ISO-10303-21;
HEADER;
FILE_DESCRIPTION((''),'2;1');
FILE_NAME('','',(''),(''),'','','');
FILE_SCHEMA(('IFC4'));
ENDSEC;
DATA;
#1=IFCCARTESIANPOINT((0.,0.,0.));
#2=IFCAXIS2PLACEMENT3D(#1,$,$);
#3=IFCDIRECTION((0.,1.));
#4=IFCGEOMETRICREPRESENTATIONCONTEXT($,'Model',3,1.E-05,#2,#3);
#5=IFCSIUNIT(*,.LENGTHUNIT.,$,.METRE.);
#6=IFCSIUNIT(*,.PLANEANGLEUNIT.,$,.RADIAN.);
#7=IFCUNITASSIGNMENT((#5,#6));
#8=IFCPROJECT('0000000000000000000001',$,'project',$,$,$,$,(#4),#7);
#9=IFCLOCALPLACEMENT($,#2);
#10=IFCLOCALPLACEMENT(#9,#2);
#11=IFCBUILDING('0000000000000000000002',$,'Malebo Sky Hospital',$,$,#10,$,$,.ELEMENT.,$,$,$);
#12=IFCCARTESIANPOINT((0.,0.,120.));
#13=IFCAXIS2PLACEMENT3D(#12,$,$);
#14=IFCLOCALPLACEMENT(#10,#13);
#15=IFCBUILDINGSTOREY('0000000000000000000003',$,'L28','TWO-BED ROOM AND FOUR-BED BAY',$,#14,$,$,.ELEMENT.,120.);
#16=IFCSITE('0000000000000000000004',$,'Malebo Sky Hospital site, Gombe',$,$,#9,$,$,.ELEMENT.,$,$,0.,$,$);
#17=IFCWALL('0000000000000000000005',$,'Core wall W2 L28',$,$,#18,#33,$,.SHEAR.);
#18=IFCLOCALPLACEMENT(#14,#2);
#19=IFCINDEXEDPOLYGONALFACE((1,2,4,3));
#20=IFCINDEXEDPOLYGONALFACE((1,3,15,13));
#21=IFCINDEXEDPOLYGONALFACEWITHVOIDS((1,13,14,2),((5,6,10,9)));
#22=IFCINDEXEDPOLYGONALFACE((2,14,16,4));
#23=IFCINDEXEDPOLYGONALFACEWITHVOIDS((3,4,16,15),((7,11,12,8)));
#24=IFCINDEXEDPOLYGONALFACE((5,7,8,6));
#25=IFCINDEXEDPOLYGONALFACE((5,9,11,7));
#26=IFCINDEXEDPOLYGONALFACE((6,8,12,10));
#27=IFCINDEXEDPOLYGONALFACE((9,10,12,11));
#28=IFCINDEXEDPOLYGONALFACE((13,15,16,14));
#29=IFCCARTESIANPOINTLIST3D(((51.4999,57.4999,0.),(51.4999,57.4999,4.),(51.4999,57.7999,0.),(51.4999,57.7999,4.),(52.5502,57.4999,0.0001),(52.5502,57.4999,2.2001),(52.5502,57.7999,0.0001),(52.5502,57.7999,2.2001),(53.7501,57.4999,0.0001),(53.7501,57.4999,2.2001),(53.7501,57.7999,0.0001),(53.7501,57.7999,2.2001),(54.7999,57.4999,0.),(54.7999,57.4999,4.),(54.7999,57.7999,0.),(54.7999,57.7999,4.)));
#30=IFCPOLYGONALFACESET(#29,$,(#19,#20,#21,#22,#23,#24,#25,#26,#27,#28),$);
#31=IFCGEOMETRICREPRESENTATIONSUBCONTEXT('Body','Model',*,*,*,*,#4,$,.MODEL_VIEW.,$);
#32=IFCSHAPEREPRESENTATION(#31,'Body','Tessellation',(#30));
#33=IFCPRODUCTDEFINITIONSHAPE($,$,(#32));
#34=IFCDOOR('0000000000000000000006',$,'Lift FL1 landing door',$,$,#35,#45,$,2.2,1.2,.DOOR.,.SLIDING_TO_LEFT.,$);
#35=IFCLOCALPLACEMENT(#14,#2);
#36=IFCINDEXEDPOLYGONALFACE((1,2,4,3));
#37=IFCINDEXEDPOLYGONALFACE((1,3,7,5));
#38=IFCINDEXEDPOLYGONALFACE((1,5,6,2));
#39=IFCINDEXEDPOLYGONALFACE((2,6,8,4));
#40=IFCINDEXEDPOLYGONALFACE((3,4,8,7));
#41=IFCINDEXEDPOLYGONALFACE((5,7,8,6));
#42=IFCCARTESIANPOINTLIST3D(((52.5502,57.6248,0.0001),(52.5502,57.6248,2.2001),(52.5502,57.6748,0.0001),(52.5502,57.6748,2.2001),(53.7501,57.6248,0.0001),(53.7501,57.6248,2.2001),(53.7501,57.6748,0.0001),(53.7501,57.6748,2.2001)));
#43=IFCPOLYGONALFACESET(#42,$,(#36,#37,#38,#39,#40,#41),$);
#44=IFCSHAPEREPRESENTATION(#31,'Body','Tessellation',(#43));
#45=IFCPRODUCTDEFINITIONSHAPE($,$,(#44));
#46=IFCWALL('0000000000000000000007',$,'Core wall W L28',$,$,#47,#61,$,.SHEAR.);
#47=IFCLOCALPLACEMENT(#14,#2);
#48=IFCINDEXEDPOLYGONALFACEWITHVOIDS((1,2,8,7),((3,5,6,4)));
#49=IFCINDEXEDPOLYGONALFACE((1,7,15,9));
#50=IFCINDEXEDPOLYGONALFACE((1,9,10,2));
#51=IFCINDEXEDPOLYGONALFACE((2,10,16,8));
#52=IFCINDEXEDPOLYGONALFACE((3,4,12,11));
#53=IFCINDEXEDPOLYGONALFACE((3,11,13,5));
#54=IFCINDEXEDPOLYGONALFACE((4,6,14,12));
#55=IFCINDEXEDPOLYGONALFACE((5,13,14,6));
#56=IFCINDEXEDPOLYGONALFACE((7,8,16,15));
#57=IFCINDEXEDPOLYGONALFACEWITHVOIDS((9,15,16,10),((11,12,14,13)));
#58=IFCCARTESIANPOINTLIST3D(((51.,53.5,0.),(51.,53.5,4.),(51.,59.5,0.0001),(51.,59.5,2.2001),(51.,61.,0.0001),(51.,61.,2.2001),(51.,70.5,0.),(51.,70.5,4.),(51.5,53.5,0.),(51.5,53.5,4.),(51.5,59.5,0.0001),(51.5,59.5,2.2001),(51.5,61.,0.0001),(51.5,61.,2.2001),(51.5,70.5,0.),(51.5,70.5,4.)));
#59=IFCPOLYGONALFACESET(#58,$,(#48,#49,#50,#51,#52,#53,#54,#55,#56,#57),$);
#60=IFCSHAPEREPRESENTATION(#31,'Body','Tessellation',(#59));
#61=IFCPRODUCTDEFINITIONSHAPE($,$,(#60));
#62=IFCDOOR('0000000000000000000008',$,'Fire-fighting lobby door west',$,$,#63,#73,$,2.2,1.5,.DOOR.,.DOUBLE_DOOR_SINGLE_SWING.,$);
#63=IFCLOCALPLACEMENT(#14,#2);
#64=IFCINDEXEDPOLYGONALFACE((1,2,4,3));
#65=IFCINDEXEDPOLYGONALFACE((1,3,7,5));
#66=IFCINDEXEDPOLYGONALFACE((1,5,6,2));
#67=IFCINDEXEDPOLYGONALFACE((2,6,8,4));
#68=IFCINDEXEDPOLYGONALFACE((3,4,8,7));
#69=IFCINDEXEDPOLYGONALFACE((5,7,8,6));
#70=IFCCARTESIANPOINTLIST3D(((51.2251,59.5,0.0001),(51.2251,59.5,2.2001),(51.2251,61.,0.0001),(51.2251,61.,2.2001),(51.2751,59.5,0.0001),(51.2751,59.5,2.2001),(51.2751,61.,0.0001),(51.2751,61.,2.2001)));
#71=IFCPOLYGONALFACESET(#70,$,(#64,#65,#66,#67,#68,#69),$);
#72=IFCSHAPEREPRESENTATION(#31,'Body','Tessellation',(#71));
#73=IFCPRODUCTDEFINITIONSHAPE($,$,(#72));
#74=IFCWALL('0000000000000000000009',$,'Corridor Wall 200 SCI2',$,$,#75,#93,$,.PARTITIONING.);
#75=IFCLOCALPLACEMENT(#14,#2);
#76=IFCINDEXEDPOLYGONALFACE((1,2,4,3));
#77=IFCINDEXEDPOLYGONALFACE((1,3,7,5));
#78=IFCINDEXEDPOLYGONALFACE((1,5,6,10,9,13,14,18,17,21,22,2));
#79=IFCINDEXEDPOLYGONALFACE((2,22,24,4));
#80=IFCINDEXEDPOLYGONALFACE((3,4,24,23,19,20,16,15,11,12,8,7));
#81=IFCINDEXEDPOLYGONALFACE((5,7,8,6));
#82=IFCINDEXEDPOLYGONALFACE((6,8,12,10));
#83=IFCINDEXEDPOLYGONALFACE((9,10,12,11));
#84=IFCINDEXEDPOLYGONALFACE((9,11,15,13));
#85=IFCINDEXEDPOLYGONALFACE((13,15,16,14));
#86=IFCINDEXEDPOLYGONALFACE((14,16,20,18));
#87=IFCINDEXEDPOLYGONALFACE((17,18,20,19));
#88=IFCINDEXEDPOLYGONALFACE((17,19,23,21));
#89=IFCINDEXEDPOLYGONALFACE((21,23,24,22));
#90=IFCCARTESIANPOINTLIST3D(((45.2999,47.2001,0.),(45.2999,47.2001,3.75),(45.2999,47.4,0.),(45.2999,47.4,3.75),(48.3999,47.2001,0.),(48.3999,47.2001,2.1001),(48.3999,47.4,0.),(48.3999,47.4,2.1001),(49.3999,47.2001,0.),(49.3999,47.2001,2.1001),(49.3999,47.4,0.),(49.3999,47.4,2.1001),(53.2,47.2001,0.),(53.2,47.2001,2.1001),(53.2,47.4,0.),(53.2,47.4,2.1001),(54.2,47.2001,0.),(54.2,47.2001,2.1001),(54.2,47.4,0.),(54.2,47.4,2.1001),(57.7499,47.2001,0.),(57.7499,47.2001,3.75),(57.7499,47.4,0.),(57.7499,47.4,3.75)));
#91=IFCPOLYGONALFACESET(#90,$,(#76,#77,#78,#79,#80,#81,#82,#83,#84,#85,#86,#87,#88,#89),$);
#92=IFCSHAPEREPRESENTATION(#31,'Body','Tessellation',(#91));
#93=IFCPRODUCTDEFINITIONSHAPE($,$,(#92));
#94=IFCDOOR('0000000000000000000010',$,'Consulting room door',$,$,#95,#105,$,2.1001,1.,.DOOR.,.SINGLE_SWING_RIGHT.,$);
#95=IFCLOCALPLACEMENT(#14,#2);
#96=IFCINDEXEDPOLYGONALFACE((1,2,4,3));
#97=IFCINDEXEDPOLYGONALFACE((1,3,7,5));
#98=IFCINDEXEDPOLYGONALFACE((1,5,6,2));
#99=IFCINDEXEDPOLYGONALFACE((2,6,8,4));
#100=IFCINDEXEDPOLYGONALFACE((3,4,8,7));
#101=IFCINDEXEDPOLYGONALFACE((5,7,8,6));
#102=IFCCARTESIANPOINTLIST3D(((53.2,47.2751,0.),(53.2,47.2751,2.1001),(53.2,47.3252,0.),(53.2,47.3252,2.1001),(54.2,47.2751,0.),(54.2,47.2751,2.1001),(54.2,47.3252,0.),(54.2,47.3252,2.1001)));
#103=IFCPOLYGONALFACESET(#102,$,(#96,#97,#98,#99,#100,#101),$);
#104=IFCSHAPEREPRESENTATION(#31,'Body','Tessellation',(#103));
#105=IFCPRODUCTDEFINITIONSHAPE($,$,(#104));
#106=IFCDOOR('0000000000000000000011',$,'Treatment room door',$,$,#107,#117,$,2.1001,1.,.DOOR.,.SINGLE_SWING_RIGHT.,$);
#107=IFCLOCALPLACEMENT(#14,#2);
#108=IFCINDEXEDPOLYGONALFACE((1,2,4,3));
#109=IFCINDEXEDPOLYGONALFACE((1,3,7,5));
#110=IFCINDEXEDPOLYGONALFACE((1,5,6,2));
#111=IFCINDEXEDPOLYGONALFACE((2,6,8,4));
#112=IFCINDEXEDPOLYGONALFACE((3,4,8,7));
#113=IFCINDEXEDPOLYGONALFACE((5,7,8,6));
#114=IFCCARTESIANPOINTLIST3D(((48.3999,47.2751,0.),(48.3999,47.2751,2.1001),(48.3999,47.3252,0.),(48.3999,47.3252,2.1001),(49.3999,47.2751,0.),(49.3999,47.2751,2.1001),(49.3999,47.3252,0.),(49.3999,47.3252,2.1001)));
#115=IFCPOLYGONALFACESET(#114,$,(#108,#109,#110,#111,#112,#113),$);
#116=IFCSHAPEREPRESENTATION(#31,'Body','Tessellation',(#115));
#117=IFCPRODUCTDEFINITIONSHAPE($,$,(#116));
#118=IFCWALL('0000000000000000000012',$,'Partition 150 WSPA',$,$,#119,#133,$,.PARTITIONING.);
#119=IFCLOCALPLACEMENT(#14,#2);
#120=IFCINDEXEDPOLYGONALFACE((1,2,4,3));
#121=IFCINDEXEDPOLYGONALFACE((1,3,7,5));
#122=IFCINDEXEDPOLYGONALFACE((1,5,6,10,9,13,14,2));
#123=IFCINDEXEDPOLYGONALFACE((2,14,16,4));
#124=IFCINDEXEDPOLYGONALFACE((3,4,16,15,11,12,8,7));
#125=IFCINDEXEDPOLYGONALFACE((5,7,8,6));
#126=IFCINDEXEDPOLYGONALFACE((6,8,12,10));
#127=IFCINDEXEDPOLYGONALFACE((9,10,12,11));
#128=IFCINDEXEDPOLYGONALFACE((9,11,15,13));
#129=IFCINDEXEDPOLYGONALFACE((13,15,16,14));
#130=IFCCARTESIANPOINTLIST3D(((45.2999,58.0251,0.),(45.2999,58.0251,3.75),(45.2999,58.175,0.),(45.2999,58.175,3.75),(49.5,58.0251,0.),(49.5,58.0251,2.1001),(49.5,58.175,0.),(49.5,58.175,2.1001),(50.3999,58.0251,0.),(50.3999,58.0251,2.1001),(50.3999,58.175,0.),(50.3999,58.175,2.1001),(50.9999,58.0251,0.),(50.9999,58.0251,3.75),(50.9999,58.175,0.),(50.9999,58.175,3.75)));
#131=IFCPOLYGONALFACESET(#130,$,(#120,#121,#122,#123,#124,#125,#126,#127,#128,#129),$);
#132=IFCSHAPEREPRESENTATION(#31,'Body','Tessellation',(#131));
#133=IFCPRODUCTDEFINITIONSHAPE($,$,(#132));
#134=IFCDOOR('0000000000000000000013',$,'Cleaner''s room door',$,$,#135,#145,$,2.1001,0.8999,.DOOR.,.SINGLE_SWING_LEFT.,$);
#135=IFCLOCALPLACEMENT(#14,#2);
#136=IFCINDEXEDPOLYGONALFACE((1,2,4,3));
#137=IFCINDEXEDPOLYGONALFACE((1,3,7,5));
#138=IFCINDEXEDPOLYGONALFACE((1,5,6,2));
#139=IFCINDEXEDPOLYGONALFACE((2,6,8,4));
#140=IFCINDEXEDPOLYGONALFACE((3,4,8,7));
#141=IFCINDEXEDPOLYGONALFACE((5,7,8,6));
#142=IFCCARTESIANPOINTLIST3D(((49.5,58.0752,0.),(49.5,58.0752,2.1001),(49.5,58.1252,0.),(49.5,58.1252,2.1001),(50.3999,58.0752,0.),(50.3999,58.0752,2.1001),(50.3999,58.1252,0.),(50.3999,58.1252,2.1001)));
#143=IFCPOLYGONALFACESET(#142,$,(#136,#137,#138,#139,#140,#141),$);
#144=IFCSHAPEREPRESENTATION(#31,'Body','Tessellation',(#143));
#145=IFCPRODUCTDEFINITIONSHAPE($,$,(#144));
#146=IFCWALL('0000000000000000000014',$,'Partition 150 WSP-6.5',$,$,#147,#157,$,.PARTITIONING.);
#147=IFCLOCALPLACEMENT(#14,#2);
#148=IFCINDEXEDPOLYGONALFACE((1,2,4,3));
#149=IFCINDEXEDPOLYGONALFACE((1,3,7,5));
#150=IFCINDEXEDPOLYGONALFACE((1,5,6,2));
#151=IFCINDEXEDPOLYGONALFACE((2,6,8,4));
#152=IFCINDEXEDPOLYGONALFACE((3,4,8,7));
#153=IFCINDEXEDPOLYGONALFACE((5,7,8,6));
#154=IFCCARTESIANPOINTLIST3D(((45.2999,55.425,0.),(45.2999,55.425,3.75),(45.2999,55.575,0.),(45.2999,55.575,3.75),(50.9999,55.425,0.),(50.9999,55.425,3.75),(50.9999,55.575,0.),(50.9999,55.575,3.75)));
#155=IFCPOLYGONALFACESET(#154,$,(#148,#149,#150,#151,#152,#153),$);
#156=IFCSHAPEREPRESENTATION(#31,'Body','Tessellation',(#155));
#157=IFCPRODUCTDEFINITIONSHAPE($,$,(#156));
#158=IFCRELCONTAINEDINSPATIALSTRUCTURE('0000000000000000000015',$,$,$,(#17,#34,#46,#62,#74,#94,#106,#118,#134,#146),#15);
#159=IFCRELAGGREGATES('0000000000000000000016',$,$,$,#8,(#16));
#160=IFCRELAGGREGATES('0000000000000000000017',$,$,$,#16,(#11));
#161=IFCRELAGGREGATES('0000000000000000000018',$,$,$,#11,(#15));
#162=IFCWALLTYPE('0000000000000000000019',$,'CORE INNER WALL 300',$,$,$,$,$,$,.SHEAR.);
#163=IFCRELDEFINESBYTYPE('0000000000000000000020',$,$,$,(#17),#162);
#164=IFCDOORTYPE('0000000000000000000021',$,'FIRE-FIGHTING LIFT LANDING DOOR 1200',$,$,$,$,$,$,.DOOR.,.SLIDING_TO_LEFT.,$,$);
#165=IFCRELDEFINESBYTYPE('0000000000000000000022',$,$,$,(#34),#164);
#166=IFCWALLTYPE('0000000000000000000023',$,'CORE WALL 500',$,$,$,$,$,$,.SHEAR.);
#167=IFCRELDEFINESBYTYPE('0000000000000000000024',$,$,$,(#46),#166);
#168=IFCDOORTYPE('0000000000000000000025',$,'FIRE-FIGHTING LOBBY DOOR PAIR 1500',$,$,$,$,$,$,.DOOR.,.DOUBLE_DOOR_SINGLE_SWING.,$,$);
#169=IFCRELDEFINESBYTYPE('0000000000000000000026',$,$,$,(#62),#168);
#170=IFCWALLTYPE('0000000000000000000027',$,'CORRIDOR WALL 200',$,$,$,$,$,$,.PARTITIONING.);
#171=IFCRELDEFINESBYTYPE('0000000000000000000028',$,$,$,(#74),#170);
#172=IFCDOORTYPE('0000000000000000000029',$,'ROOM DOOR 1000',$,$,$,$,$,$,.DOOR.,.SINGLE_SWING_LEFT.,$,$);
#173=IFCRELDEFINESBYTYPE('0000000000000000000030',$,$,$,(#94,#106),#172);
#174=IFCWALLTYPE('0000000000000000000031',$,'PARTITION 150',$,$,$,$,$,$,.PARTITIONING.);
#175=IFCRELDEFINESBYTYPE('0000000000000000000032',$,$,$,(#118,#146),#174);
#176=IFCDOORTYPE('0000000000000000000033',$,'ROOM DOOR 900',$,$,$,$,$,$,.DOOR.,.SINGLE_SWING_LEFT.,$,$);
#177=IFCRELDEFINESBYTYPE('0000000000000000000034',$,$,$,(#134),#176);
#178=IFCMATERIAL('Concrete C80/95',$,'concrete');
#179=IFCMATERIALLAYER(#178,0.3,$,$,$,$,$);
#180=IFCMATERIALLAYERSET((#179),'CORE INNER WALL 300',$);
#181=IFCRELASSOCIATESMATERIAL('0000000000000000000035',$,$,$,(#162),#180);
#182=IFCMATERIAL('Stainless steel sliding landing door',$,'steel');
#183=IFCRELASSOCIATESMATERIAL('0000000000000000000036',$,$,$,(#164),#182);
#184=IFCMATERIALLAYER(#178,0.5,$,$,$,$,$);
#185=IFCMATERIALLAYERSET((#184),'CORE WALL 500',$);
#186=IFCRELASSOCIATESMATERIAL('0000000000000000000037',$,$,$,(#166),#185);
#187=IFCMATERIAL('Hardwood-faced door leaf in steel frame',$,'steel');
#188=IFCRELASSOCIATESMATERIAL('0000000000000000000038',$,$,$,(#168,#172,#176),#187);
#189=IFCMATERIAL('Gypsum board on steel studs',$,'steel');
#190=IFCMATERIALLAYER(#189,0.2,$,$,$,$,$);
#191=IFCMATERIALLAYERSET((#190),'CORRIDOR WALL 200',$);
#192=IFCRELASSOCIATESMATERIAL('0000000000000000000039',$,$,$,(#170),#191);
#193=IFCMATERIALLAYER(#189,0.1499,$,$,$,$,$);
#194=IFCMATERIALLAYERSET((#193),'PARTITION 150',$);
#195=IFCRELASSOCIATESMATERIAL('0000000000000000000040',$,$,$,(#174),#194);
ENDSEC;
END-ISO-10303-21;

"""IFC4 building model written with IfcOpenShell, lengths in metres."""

from ifc_helpers import new_model, si_unit, direction, frame, frame_2d, origin, place, context, subcontext, project, spatial, rectangle, extrude, material, layer, layer_set, type_object, element, fill, save


model = new_model("IFC4")

# Units and contexts
model_context = context("Model", 3, precision=1e-05, world=origin(), true_north=direction((0.0, 1.0)))
body_context = subcontext(model_context, "Body", "Model", "MODEL_VIEW")
ifc_project = project(units=[si_unit("LENGTHUNIT", "METRE"), si_unit("PLANEANGLEUNIT", "RADIAN")], contexts=[model_context])

# Site, building, storey
site_placement = place(None, origin())
site = spatial("IfcSite", under=ifc_project, at=site_placement, Name="Malebo Sky Hospital site, Gombe", CompositionType="ELEMENT", RefElevation=0.0)
building_placement = place(site_placement, origin())
building = spatial("IfcBuilding", under=site, at=building_placement, Name="Malebo Sky Hospital", CompositionType="ELEMENT")
storey_placement = place(building_placement, frame((0.0, 0.0, 120.0)))
storey = spatial("IfcBuildingStorey", under=building, at=storey_placement, Name="L28", Description="TWO-BED ROOM AND FOUR-BED BAY", CompositionType="ELEMENT", Elevation=120.0)

# Shared definitions
ifc_material_1 = material(Name="Concrete C80/95", Category="concrete")
ifc_material_2 = material(Name="Stainless steel sliding landing door", Category="steel")

# Shared definitions
ifc_layer_1 = layer(ifc_material_1, 0.3)
ifc_layer_set_1 = layer_set([ifc_layer_1], Name="CORE INNER WALL 300")
wall_type_1 = type_object("IfcWallType", Name="CORE INNER WALL 300", PredefinedType="SHEAR", material=ifc_layer_set_1)

# Walls, openings, doors
wall_1_placement = place(storey_placement, frame((51.5, 57.6499, 0.0), z_axis=(0.0, 0.0, 1.0), x_axis=(1.0, 0.0, 0.0)))
wall_1 = element("IfcWall", 1, at=wall_1_placement, inside=storey, type_object=wall_type_1, Name="Core wall W2 L28", PredefinedType="SHEAR", context=body_context, shape_type="SweptSolid", body=[
    extrude(rectangle(XDim=3.3, YDim=0.3, at=frame_2d((1.6499, 0.0))), origin(), (0.0, 0.0, 1.0), 4.0),
])
opening_1_placement = place(wall_1_placement, frame((1.05, 0.0, 0.0)))
opening_1 = element("IfcOpeningElement", 2, at=opening_1_placement, cuts=wall_1, PredefinedType="OPENING", context=body_context, shape_type="SweptSolid", body=[
    extrude(rectangle(XDim=1.2, YDim=2.2, at=frame_2d((0.6001, 1.1001))), frame((0.0, 0.1599, 0.0), z_axis=(0.0, -1.0, 0.0), x_axis=(1.0, 0.0, 0.0)), (0.0, 0.0, 1.0), 0.3201),
])
door_type_1 = type_object("IfcDoorType", Name="FIRE-FIGHTING LIFT LANDING DOOR 1200", OperationType="SLIDING_TO_LEFT", PredefinedType="DOOR", material=ifc_material_2)
door_1_placement = place(opening_1_placement, origin())
door_1 = element("IfcDoor", 3, at=door_1_placement, inside=storey, type_object=door_type_1, Name="Lift FL1 landing door", OperationType="SLIDING_TO_LEFT", OverallHeight=2.2, OverallWidth=1.2, PredefinedType="DOOR", context=body_context, shape_type="SweptSolid", body=[
    extrude(rectangle(XDim=1.2, YDim=2.2, at=frame_2d((0.6001, 1.1001))), frame((0.0, 0.0249, 0.0), z_axis=(0.0, -1.0, 0.0), x_axis=(1.0, 0.0, 0.0)), (0.0, 0.0, 1.0), 0.05),
])
fill(opening_1, door_1)
ifc_layer_2 = layer(ifc_material_1, 0.5)
ifc_layer_set_2 = layer_set([ifc_layer_2], Name="CORE WALL 500")
wall_type_2 = type_object("IfcWallType", Name="CORE WALL 500", PredefinedType="SHEAR", material=ifc_layer_set_2)
wall_2_placement = place(storey_placement, frame((51.25, 53.5, 0.0), z_axis=(0.0, 0.0, 1.0), x_axis=(0.0, 1.0, 0.0)))
wall_2 = element("IfcWall", 4, at=wall_2_placement, inside=storey, type_object=wall_type_2, Name="Core wall W L28", PredefinedType="SHEAR", context=body_context, shape_type="SweptSolid", body=[
    extrude(rectangle(XDim=17.0, YDim=0.5, at=frame_2d((8.5, 0.0))), origin(), (0.0, 0.0, 1.0), 4.0),
])
opening_2_placement = place(wall_2_placement, frame((6.0, 0.0, 0.0)))
opening_2 = element("IfcOpeningElement", 5, at=opening_2_placement, cuts=wall_2, PredefinedType="OPENING", context=body_context, shape_type="SweptSolid", body=[
    extrude(rectangle(XDim=1.5, YDim=2.2, at=frame_2d((0.75, 1.1001))), frame((0.0, 0.26, 0.0), z_axis=(0.0, -1.0, 0.0), x_axis=(1.0, 0.0, 0.0)), (0.0, 0.0, 1.0), 0.52),
])
ifc_material_3 = material(Name="Hardwood-faced door leaf in steel frame", Category="steel")
door_type_2 = type_object("IfcDoorType", Name="FIRE-FIGHTING LOBBY DOOR PAIR 1500", OperationType="DOUBLE_DOOR_SINGLE_SWING", PredefinedType="DOOR", material=ifc_material_3)
door_2_placement = place(opening_2_placement, origin())
door_2 = element("IfcDoor", 6, at=door_2_placement, inside=storey, type_object=door_type_2, Name="Fire-fighting lobby door west", OperationType="DOUBLE_DOOR_SINGLE_SWING", OverallHeight=2.2, OverallWidth=1.5, PredefinedType="DOOR", context=body_context, shape_type="SweptSolid", body=[
    extrude(rectangle(XDim=1.5, YDim=2.2, at=frame_2d((0.75, 1.1001))), frame((0.0, 0.0249, 0.0), z_axis=(0.0, -1.0, 0.0), x_axis=(1.0, 0.0, 0.0)), (0.0, 0.0, 1.0), 0.05),
])
fill(opening_2, door_2)

# Wall, openings, doors
ifc_material_4 = material(Name="Gypsum board on steel studs", Category="steel")
ifc_layer_3 = layer(ifc_material_4, 0.2)
ifc_layer_set_3 = layer_set([ifc_layer_3], Name="CORRIDOR WALL 200")
wall_type_3 = type_object("IfcWallType", Name="CORRIDOR WALL 200", PredefinedType="PARTITIONING", material=ifc_layer_set_3)
wall_3_placement = place(storey_placement, frame((57.75, 47.3, 0.0), z_axis=(0.0, 0.0, 1.0), x_axis=(-1.0, 0.0, 0.0)))
wall_3 = element("IfcWall", 7, at=wall_3_placement, inside=storey, type_object=wall_type_3, Name="Corridor Wall 200 SCI2", PredefinedType="PARTITIONING", context=body_context, shape_type="SweptSolid", body=[
    extrude(rectangle(XDim=12.45, YDim=0.2, at=frame_2d((6.2251, 0.0))), origin(), (0.0, 0.0, 1.0), 3.75),
])
opening_3_placement = place(wall_3_placement, frame((3.55, 0.0, 0.0)))
opening_3 = element("IfcOpeningElement", 8, at=opening_3_placement, cuts=wall_3, PredefinedType="OPENING", context=body_context, shape_type="SweptSolid", body=[
    extrude(rectangle(XDim=1.0, YDim=2.1001, at=frame_2d((0.5, 1.05))), frame((0.0, 0.1099, 0.0), z_axis=(0.0, -1.0, 0.0), x_axis=(1.0, 0.0, 0.0)), (0.0, 0.0, 1.0), 0.22),
])
opening_4_placement = place(wall_3_placement, frame((8.3501, 0.0, 0.0)))
opening_4 = element("IfcOpeningElement", 9, at=opening_4_placement, cuts=wall_3, PredefinedType="OPENING", context=body_context, shape_type="SweptSolid", body=[
    extrude(rectangle(XDim=1.0, YDim=2.1001, at=frame_2d((0.5, 1.05))), frame((0.0, 0.1099, 0.0), z_axis=(0.0, -1.0, 0.0), x_axis=(1.0, 0.0, 0.0)), (0.0, 0.0, 1.0), 0.22),
])
door_type_3 = type_object("IfcDoorType", Name="ROOM DOOR 1000", OperationType="SINGLE_SWING_LEFT", PredefinedType="DOOR", material=ifc_material_3)
door_3_placement = place(opening_3_placement, origin())
door_3 = element("IfcDoor", 10, at=door_3_placement, inside=storey, type_object=door_type_3, Name="Consulting room door", OperationType="SINGLE_SWING_RIGHT", OverallHeight=2.1001, OverallWidth=1.0, PredefinedType="DOOR", context=body_context, shape_type="SweptSolid", body=[
    extrude(rectangle(XDim=1.0, YDim=2.1001, at=frame_2d((0.5, 1.05))), frame((0.0, 0.0249, 0.0), z_axis=(0.0, -1.0, 0.0), x_axis=(1.0, 0.0, 0.0)), (0.0, 0.0, 1.0), 0.05),
])
fill(opening_3, door_3)
door_4_placement = place(opening_4_placement, origin())
door_4 = element("IfcDoor", 11, at=door_4_placement, inside=storey, type_object=door_type_3, Name="Treatment room door", OperationType="SINGLE_SWING_RIGHT", OverallHeight=2.1001, OverallWidth=1.0, PredefinedType="DOOR", context=body_context, shape_type="SweptSolid", body=[
    extrude(rectangle(XDim=1.0, YDim=2.1001, at=frame_2d((0.5, 1.05))), frame((0.0, 0.0249, 0.0), z_axis=(0.0, -1.0, 0.0), x_axis=(1.0, 0.0, 0.0)), (0.0, 0.0, 1.0), 0.05),
])
fill(opening_4, door_4)

# Wall, opening, door
ifc_layer_4 = layer(ifc_material_4, 0.1499)
ifc_layer_set_4 = layer_set([ifc_layer_4], Name="PARTITION 150")
wall_type_4 = type_object("IfcWallType", Name="PARTITION 150", PredefinedType="PARTITIONING", material=ifc_layer_set_4)
wall_4_placement = place(storey_placement, frame((51.0, 58.1001, 0.0), z_axis=(0.0, 0.0, 1.0), x_axis=(-1.0, 0.0, 0.0)))
wall_4 = element("IfcWall", 12, at=wall_4_placement, inside=storey, type_object=wall_type_4, Name="Partition 150 WSPA", PredefinedType="PARTITIONING", context=body_context, shape_type="SweptSolid", body=[
    extrude(rectangle(XDim=5.7, YDim=0.1499, at=frame_2d((2.8501, 0.0))), origin(), (0.0, 0.0, 1.0), 3.75),
])
opening_5_placement = place(wall_4_placement, frame((0.6001, 0.0, 0.0)))
opening_5 = element("IfcOpeningElement", 13, at=opening_5_placement, cuts=wall_4, PredefinedType="OPENING", context=body_context, shape_type="SweptSolid", body=[
    extrude(rectangle(XDim=0.8999, YDim=2.1001, at=frame_2d((0.45, 1.05))), frame((0.0, 0.085, 0.0), z_axis=(0.0, -1.0, 0.0), x_axis=(1.0, 0.0, 0.0)), (0.0, 0.0, 1.0), 0.1699),
])
door_type_4 = type_object("IfcDoorType", Name="ROOM DOOR 900", OperationType="SINGLE_SWING_LEFT", PredefinedType="DOOR", material=ifc_material_3)
door_5_placement = place(opening_5_placement, origin())
door_5 = element("IfcDoor", 14, at=door_5_placement, inside=storey, type_object=door_type_4, Name="Cleaner's room door", OperationType="SINGLE_SWING_LEFT", OverallHeight=2.1001, OverallWidth=0.8999, PredefinedType="DOOR", context=body_context, shape_type="SweptSolid", body=[
    extrude(rectangle(XDim=0.8999, YDim=2.1001, at=frame_2d((0.45, 1.05))), frame((0.0, 0.0249, 0.0), z_axis=(0.0, -1.0, 0.0), x_axis=(1.0, 0.0, 0.0)), (0.0, 0.0, 1.0), 0.05),
])
fill(opening_5, door_5)

# Wall
wall_5_placement = place(storey_placement, frame((51.0, 55.5, 0.0), z_axis=(0.0, 0.0, 1.0), x_axis=(-1.0, 0.0, 0.0)))
element("IfcWall", 15, at=wall_5_placement, inside=storey, type_object=wall_type_4, Name="Partition 150 WSP-6.5", PredefinedType="PARTITIONING", context=body_context, shape_type="SweptSolid", body=[
    extrude(rectangle(XDim=5.7, YDim=0.1499, at=frame_2d((2.8501, 0.0))), origin(), (0.0, 0.0, 1.0), 3.75),
])

save(model, "model.ifc")
